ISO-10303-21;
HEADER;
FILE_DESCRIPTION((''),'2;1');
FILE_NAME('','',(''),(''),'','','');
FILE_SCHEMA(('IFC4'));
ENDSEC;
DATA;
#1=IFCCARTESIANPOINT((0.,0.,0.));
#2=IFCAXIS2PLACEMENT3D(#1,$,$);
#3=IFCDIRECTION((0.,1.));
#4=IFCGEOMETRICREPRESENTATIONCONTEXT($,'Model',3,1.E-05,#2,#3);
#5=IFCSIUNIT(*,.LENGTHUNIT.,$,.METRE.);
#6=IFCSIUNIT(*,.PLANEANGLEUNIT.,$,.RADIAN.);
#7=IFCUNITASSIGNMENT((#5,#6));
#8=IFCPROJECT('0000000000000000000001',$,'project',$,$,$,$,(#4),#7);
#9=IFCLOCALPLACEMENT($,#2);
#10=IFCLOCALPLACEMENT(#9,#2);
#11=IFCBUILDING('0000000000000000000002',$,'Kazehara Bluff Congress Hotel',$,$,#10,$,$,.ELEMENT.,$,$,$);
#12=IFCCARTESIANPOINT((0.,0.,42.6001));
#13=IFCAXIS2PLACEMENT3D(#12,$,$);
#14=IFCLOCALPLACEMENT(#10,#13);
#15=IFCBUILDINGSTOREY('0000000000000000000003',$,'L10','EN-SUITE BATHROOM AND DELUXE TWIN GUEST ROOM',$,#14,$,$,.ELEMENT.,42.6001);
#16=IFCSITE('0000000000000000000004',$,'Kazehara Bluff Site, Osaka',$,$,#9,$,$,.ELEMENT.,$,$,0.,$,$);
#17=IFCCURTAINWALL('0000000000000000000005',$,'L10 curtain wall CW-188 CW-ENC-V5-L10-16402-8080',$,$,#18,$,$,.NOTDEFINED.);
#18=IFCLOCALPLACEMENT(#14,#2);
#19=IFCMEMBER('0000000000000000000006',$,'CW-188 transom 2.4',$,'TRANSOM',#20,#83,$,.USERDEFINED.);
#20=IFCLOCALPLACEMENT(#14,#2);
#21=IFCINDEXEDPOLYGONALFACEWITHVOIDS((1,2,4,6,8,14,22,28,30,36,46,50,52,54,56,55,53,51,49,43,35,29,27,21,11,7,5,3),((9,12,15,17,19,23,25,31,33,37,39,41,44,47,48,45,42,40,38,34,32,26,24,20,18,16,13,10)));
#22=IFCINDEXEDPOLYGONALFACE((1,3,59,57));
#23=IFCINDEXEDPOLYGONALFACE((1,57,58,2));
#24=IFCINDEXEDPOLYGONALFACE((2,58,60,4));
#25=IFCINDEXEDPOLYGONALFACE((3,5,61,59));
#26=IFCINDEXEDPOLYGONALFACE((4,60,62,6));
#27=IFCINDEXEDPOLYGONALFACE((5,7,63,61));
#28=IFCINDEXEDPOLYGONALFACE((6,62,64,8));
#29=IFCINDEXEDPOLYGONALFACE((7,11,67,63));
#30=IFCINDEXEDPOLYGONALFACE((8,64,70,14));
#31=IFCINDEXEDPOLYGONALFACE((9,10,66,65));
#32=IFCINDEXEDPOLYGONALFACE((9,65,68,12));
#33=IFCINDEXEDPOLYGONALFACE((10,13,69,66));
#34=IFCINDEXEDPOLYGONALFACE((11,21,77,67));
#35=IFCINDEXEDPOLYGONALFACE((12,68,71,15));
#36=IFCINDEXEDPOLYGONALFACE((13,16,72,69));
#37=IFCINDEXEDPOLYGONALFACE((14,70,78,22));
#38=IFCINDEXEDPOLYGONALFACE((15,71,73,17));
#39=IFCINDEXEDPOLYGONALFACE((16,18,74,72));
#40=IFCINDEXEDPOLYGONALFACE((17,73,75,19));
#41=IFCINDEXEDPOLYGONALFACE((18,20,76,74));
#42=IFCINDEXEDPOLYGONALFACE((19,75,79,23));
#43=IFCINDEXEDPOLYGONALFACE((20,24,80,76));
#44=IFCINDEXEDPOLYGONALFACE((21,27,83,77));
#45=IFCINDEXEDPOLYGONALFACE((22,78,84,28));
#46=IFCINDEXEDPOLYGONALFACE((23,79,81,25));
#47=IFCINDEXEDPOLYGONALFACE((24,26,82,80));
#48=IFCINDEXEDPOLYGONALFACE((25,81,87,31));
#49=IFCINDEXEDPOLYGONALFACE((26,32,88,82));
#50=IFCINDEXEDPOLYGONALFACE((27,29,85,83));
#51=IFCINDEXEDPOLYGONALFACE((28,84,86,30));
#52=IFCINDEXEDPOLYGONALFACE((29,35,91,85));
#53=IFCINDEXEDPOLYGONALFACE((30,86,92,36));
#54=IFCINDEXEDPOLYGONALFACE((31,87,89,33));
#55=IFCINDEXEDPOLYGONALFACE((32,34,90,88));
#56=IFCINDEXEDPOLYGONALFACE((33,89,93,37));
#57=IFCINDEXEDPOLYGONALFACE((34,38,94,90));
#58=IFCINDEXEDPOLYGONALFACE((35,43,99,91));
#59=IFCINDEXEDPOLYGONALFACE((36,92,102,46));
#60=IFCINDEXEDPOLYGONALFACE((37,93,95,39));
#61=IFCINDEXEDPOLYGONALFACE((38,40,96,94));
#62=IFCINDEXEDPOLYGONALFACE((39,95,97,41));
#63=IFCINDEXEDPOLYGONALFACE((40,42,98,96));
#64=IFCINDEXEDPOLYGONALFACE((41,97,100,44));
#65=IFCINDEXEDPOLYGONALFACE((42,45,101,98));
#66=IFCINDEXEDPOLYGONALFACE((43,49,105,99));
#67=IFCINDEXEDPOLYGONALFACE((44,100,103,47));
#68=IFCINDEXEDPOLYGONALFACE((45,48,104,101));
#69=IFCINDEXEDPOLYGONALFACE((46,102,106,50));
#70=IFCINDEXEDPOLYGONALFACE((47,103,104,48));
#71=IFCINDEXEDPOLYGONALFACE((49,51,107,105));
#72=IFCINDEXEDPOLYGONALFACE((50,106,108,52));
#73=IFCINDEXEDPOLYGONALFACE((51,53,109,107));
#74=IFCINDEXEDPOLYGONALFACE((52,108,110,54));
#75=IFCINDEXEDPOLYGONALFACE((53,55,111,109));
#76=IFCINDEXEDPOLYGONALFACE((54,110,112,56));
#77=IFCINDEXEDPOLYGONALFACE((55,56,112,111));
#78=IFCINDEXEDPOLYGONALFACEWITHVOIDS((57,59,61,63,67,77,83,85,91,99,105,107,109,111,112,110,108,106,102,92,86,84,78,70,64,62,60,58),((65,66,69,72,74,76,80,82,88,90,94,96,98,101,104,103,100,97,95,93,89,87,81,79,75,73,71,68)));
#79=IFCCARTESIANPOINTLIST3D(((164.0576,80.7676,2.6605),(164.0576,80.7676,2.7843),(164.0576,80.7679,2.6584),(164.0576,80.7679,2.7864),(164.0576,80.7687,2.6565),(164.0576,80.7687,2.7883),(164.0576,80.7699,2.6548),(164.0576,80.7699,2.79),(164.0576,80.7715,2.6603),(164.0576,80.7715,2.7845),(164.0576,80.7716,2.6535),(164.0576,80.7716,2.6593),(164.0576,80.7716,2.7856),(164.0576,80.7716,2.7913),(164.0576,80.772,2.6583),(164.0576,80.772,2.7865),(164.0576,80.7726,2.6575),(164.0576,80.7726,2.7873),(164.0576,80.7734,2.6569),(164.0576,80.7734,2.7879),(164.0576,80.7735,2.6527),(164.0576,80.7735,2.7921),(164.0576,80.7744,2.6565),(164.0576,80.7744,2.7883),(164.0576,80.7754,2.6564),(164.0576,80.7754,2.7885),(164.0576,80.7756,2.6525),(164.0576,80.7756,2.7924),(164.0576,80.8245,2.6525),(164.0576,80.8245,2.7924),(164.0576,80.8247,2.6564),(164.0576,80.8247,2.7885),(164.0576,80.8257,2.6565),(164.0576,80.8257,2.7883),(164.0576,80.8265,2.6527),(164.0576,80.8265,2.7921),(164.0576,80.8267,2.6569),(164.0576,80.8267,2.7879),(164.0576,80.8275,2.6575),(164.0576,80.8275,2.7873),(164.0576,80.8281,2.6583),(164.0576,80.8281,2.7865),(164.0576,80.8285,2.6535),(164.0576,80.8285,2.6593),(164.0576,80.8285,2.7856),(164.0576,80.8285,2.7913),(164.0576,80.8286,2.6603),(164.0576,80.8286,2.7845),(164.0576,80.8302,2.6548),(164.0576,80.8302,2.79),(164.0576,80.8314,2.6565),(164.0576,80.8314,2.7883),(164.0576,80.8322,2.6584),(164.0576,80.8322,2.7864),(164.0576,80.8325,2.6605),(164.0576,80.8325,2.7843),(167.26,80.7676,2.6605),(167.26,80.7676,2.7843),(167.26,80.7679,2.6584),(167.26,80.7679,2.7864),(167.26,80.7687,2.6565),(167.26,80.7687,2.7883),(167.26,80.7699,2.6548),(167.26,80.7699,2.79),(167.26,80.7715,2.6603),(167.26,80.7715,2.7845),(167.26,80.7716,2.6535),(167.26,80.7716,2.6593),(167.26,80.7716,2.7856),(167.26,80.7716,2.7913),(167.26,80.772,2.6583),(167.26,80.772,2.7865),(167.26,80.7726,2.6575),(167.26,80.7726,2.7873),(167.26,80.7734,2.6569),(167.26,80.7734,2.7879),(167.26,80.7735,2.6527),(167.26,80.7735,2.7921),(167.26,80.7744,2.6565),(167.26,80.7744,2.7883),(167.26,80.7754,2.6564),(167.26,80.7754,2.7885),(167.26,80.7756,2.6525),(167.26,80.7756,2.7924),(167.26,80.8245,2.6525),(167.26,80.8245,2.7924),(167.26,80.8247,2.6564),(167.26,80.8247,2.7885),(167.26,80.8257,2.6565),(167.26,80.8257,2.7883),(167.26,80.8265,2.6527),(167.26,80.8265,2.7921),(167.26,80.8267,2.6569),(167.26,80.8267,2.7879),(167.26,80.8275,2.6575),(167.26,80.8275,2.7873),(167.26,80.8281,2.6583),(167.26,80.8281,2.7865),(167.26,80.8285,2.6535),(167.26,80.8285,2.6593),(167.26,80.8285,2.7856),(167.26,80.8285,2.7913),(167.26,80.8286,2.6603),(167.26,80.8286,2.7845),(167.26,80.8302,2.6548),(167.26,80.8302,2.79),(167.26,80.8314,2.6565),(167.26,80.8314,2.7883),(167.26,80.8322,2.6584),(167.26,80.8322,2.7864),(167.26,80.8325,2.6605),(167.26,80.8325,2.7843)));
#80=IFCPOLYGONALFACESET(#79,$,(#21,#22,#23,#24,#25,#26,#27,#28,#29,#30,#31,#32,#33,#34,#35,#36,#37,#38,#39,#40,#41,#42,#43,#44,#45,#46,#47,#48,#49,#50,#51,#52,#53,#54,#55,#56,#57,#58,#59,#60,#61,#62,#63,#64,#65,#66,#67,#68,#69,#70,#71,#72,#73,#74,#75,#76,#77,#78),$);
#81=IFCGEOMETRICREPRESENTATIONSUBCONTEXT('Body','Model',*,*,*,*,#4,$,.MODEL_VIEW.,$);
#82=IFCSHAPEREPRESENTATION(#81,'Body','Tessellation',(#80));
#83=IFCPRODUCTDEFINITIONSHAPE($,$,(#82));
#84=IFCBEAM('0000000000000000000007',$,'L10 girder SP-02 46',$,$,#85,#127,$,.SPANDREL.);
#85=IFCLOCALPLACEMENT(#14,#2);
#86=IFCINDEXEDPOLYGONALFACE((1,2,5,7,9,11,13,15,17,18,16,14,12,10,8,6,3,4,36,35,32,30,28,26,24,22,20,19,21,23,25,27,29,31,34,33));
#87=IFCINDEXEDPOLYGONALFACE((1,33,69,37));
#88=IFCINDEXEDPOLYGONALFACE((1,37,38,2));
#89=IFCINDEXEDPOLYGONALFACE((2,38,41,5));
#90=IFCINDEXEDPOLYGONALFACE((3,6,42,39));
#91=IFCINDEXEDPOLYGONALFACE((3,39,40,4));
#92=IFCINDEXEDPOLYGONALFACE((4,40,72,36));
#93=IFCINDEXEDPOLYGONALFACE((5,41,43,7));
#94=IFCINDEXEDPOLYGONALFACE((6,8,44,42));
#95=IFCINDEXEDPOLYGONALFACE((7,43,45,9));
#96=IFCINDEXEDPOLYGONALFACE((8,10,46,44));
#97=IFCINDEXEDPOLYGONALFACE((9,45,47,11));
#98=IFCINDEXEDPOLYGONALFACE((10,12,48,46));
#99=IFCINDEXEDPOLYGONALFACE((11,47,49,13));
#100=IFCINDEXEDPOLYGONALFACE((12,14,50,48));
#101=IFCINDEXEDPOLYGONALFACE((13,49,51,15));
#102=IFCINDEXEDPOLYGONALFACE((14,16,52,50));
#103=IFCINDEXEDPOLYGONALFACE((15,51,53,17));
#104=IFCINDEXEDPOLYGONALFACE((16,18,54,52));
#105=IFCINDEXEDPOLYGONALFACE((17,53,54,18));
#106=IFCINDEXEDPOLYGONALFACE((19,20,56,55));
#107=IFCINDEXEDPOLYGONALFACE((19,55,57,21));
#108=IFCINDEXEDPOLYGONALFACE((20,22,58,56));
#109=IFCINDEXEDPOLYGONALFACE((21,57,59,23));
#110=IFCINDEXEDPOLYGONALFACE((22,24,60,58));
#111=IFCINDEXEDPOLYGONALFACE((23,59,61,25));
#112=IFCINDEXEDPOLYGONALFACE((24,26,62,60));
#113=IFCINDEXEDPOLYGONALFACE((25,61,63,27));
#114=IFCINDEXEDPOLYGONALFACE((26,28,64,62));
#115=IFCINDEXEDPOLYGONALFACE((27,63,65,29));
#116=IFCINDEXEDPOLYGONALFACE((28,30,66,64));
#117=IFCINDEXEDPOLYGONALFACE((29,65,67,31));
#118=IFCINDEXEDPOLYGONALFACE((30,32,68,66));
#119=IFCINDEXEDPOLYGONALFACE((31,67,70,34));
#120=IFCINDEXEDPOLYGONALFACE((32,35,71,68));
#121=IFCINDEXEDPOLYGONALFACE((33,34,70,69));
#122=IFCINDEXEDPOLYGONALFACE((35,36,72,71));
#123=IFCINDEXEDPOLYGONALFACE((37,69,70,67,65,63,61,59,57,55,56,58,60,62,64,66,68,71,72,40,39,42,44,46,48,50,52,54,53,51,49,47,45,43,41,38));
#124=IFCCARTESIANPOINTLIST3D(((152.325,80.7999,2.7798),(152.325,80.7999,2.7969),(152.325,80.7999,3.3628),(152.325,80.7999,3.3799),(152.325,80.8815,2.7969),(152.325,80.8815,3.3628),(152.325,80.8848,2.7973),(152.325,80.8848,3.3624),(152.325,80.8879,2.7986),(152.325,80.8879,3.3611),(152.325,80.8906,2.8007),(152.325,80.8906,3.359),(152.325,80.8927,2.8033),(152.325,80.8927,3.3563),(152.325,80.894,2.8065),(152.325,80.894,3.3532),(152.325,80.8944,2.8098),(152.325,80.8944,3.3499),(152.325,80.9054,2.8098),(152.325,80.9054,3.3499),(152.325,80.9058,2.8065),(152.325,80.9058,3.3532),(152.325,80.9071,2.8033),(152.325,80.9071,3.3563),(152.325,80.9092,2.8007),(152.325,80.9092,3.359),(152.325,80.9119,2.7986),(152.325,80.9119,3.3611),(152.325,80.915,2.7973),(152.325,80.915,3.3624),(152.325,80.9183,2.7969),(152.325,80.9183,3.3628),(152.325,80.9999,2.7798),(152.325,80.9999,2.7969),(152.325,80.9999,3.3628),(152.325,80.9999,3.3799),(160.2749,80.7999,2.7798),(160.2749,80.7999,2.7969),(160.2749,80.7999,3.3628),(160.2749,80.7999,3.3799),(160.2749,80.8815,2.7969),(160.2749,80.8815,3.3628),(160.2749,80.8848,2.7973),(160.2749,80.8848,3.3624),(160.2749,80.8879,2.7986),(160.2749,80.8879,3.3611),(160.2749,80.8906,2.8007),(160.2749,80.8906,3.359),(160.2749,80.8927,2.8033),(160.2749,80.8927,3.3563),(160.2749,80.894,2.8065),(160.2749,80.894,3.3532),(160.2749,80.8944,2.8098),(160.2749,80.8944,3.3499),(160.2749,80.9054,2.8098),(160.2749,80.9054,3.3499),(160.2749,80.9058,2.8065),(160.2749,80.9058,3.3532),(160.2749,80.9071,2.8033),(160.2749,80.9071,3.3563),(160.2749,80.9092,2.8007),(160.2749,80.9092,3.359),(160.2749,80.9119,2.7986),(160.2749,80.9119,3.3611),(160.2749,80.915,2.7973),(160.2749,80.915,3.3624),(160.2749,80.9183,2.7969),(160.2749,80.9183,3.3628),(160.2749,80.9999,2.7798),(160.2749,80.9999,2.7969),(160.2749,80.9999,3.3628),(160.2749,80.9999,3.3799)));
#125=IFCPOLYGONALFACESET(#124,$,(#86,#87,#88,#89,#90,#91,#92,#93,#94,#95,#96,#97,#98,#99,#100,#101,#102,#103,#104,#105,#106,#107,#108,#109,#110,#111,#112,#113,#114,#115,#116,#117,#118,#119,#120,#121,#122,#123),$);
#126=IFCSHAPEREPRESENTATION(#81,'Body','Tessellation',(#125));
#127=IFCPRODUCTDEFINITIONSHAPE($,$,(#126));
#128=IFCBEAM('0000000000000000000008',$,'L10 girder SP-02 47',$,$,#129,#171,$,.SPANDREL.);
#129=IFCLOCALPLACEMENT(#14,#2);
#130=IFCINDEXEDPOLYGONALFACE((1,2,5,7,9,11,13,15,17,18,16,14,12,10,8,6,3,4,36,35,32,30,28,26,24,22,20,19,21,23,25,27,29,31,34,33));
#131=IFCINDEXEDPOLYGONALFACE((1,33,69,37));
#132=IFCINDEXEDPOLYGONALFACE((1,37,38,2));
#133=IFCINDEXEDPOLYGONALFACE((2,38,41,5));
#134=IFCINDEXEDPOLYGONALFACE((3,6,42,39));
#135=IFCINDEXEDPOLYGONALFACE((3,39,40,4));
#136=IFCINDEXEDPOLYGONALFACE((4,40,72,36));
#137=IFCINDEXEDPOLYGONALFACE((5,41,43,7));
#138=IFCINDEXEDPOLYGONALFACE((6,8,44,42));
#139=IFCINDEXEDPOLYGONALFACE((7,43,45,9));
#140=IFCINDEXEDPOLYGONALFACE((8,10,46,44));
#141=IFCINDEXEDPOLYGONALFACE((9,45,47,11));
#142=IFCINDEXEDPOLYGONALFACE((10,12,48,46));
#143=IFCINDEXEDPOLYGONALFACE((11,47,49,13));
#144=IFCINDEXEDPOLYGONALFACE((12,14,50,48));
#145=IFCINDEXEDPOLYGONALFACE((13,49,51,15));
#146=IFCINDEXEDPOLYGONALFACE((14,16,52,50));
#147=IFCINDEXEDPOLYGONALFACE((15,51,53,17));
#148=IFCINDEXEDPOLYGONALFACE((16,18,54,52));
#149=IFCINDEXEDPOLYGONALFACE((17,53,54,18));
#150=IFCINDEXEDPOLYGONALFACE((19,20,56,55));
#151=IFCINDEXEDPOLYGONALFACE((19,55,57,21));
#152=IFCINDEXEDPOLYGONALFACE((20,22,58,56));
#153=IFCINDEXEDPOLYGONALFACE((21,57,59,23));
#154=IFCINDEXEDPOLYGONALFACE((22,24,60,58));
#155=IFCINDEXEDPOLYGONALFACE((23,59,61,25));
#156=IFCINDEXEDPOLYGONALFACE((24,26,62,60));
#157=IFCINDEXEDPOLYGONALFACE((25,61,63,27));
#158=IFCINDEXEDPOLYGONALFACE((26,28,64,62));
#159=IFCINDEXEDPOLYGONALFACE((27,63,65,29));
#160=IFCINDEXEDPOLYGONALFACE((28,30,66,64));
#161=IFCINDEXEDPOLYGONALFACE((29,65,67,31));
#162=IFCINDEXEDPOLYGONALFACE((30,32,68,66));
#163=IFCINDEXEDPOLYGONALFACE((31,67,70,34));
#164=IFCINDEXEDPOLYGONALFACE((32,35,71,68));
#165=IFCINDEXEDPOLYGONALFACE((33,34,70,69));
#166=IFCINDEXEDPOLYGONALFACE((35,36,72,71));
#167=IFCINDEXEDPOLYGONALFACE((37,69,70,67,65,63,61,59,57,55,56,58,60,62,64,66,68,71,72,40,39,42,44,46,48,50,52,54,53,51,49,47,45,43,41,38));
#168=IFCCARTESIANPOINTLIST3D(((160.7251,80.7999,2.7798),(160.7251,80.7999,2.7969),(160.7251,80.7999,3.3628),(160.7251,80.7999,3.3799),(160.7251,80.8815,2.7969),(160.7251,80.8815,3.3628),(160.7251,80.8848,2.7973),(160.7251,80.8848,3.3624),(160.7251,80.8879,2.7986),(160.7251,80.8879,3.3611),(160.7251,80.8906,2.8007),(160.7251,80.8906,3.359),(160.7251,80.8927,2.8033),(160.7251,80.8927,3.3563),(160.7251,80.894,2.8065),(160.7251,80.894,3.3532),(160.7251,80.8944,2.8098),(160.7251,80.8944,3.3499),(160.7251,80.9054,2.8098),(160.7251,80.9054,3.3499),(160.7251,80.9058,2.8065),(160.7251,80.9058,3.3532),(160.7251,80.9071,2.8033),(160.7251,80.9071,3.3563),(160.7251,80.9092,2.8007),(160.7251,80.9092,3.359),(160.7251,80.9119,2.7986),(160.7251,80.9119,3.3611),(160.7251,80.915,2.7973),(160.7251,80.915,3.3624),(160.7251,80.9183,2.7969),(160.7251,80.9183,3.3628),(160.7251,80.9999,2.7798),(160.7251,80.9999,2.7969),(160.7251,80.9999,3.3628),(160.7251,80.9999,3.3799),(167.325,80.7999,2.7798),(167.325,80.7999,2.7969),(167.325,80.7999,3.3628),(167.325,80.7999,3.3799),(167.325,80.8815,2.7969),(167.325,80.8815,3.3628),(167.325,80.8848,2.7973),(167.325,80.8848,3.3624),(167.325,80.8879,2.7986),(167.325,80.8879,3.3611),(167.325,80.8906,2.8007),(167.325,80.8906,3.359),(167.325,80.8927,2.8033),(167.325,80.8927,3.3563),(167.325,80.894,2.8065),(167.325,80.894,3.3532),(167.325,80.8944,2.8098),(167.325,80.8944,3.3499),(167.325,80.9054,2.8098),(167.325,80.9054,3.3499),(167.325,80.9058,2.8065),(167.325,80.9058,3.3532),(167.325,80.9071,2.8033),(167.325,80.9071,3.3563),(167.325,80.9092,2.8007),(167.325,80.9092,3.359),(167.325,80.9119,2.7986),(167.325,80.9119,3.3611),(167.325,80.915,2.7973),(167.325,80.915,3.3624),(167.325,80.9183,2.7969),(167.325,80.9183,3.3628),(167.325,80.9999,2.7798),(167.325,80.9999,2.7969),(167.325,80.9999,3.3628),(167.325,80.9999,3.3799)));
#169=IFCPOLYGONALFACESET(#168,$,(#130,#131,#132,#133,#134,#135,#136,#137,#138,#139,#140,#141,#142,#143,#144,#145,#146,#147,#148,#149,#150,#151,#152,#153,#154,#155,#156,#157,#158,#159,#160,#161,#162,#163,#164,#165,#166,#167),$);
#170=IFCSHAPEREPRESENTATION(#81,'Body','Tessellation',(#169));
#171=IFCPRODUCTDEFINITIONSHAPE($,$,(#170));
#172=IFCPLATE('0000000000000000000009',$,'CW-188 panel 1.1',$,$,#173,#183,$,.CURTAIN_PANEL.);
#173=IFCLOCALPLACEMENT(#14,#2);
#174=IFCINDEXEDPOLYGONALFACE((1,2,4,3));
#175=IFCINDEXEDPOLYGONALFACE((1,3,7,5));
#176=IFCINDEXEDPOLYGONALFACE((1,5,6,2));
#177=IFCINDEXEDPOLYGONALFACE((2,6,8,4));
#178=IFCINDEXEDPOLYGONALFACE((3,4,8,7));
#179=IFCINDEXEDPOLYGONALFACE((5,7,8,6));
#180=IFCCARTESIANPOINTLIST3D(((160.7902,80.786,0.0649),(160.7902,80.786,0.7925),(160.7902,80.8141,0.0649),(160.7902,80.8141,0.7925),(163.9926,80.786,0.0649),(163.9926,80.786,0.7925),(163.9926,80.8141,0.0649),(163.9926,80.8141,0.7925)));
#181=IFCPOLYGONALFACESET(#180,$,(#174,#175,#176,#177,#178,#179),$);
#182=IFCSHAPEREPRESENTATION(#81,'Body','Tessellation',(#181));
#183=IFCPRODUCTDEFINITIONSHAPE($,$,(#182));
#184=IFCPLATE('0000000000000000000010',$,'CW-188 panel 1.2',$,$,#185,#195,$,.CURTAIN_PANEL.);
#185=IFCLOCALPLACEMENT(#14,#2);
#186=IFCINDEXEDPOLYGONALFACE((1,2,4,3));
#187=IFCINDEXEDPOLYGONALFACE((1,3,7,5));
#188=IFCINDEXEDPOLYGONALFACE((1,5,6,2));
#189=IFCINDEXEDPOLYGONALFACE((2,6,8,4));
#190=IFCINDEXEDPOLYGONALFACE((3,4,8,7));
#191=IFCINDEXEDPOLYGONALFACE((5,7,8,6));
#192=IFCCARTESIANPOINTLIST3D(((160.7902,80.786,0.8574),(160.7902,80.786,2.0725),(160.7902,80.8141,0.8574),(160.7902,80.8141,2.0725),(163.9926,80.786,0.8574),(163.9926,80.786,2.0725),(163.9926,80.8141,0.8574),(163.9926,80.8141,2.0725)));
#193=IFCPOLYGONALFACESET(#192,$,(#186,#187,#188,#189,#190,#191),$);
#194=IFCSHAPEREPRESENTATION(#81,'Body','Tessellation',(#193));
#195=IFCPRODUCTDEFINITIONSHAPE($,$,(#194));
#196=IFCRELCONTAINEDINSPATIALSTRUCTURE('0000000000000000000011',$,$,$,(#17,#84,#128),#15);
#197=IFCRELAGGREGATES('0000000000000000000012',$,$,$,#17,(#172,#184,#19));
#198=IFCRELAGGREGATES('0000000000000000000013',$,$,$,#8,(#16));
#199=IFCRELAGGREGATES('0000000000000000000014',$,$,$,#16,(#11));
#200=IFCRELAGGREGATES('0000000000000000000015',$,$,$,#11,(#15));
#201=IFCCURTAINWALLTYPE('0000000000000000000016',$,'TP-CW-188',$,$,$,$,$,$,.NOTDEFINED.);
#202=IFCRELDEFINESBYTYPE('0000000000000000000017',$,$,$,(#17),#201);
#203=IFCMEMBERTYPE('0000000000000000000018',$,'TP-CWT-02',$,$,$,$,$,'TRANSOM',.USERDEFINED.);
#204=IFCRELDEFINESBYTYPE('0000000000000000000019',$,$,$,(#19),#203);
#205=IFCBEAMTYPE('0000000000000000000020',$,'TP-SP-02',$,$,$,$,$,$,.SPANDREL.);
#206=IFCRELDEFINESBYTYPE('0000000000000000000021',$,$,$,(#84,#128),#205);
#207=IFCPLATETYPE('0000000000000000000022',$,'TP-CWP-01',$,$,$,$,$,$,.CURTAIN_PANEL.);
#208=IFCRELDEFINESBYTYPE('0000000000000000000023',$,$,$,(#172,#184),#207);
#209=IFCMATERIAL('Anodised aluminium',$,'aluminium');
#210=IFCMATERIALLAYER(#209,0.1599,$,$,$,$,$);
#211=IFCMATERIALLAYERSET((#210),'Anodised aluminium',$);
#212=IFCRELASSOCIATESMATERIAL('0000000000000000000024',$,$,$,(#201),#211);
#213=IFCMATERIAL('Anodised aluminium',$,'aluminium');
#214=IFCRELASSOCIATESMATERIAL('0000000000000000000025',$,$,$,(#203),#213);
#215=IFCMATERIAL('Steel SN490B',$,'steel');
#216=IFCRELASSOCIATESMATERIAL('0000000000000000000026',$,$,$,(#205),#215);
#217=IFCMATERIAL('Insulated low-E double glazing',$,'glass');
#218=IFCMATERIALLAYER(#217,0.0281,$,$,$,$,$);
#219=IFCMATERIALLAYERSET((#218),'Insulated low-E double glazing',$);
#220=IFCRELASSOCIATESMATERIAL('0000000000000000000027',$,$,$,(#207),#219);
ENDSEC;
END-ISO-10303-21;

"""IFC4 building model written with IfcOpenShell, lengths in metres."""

from ifc_helpers import new_model, si_unit, direction, frame, origin, origin_2d, place, context, subcontext, project, spatial, rectangle, hollow_rectangle, i_section, extrude, material, layer, layer_set, material_profile, profile_set, type_object, element, aggregate, save


model = new_model("IFC4")

# Units and contexts
model_context = context("Model", 3, precision=1e-05, world=origin(), true_north=direction((0.0, 1.0)))
body_context = subcontext(model_context, "Body", "Model", "MODEL_VIEW")
ifc_project = project(units=[si_unit("LENGTHUNIT", "METRE"), si_unit("PLANEANGLEUNIT", "RADIAN")], contexts=[model_context])

# Site, building, storey
site_placement = place(None, origin())
site = spatial("IfcSite", under=ifc_project, at=site_placement, Name="Kazehara Bluff Site, Osaka", CompositionType="ELEMENT", RefElevation=0.0)
building_placement = place(site_placement, origin())
building = spatial("IfcBuilding", under=site, at=building_placement, Name="Kazehara Bluff Congress Hotel", CompositionType="ELEMENT")
storey_placement = place(building_placement, frame((0.0, 0.0, 42.6001)))
storey = spatial("IfcBuildingStorey", under=building, at=storey_placement, Name="L10", Description="EN-SUITE BATHROOM AND DELUXE TWIN GUEST ROOM", CompositionType="ELEMENT", Elevation=42.6001)

# Curtain wall
ifc_material_1 = material(Name="Anodised aluminium", Category="aluminium")
ifc_layer_1 = layer(ifc_material_1, 0.1599)
ifc_layer_set_1 = layer_set([ifc_layer_1], Name="Anodised aluminium")
curtain_wall_type_1 = type_object("IfcCurtainWallType", Name="TP-CW-188", PredefinedType="NOTDEFINED", material=ifc_layer_set_1)
curtain_wall_1_placement = place(storey_placement, origin())
curtain_wall_1 = element("IfcCurtainWall", 1, at=curtain_wall_1_placement, inside=storey, type_object=curtain_wall_type_1, Name="L10 curtain wall CW-188 CW-ENC-V5-L10-16402-8080", PredefinedType="NOTDEFINED")

# Member
ifc_material_2 = material(Name="Anodised aluminium", Category="aluminium")
ifc_material_profile_1 = material_profile(ifc_material_2, hollow_rectangle(XDim=0.0649, YDim=0.1399, WallThickness=0.0039, InnerFilletRadius=0.0039, OuterFilletRadius=0.0081, at=origin_2d()))
ifc_profile_set_1 = profile_set([ifc_material_profile_1], Name="Anodised aluminium")
member_type_1 = type_object("IfcMemberType", Name="TP-CWT-02", ElementType="TRANSOM", PredefinedType="USERDEFINED", material=ifc_profile_set_1)
member_1_placement = place(storey_placement, frame((164.0576, 80.8, 2.7224), z_axis=(1.0, 0.0, 0.0), x_axis=(0.0, 1.0, 0.0)))
member_1 = element("IfcMember", 2, at=member_1_placement, type_object=member_type_1, Name="CW-188 transom 2.4", ObjectType="TRANSOM", PredefinedType="USERDEFINED", context=body_context, shape_type="SweptSolid", body=[
    extrude(hollow_rectangle(XDim=0.0649, YDim=0.1399, WallThickness=0.0039, InnerFilletRadius=0.0039, OuterFilletRadius=0.0081, at=origin_2d()), origin(), (0.0, 0.0, 1.0), 3.2024),
])

# Beams
ifc_material_3 = material(Name="Steel SN490B", Category="steel")
ifc_material_profile_2 = material_profile(ifc_material_3, i_section(OverallWidth=0.2, OverallDepth=0.6001, WebThickness=0.011, FlangeThickness=0.0171, FilletRadius=0.0129, at=origin_2d()))
ifc_profile_set_2 = profile_set([ifc_material_profile_2], Name="Steel SN490B")
beam_type = type_object("IfcBeamType", Name="TP-SP-02", PredefinedType="SPANDREL", material=ifc_profile_set_2)
beam_1_placement = place(storey_placement, frame((152.325, 80.8999, 3.0798), z_axis=(1.0, 0.0, 0.0), x_axis=(0.0, 1.0, 0.0)))
element("IfcBeam", 3, at=beam_1_placement, inside=storey, type_object=beam_type, Name="L10 girder SP-02 46", PredefinedType="SPANDREL", context=body_context, shape_type="SweptSolid", body=[
    extrude(i_section(OverallWidth=0.2, OverallDepth=0.6001, WebThickness=0.011, FlangeThickness=0.0171, FilletRadius=0.0129, at=origin_2d()), origin(), (0.0, 0.0, 1.0), 7.95),
])
beam_2_placement = place(storey_placement, frame((160.7251, 80.8999, 3.0798), z_axis=(1.0, 0.0, 0.0), x_axis=(0.0, 1.0, 0.0)))
element("IfcBeam", 4, at=beam_2_placement, inside=storey, type_object=beam_type, Name="L10 girder SP-02 47", PredefinedType="SPANDREL", context=body_context, shape_type="SweptSolid", body=[
    extrude(i_section(OverallWidth=0.2, OverallDepth=0.6001, WebThickness=0.011, FlangeThickness=0.0171, FilletRadius=0.0129, at=origin_2d()), origin(), (0.0, 0.0, 1.0), 6.5999),
])

# Plates
ifc_material_4 = material(Name="Insulated low-E double glazing", Category="glass")
ifc_layer_2 = layer(ifc_material_4, 0.0281)
ifc_layer_set_2 = layer_set([ifc_layer_2], Name="Insulated low-E double glazing")
plate_type_1 = type_object("IfcPlateType", Name="TP-CWP-01", PredefinedType="CURTAIN_PANEL", material=ifc_layer_set_2)
plate_1_placement = place(storey_placement, frame((162.3914, 80.8, 0.0649), z_axis=(0.0, 0.0, 1.0), x_axis=(1.0, 0.0, 0.0)))
plate_1 = element("IfcPlate", 5, at=plate_1_placement, type_object=plate_type_1, Name="CW-188 panel 1.1", PredefinedType="CURTAIN_PANEL", context=body_context, shape_type="SweptSolid", body=[
    extrude(rectangle(XDim=3.2024, YDim=0.0281, at=origin_2d()), origin(), (0.0, 0.0, 1.0), 0.7275),
])
plate_2_placement = place(storey_placement, frame((162.3914, 80.8, 0.8574), z_axis=(0.0, 0.0, 1.0), x_axis=(1.0, 0.0, 0.0)))
plate_2 = element("IfcPlate", 6, at=plate_2_placement, type_object=plate_type_1, Name="CW-188 panel 1.2", PredefinedType="CURTAIN_PANEL", context=body_context, shape_type="SweptSolid", body=[
    extrude(rectangle(XDim=3.2024, YDim=0.0281, at=origin_2d()), origin(), (0.0, 0.0, 1.0), 1.2151),
])
aggregate(curtain_wall_1, [plate_1, plate_2, member_1])

save(model, "model.ifc")
